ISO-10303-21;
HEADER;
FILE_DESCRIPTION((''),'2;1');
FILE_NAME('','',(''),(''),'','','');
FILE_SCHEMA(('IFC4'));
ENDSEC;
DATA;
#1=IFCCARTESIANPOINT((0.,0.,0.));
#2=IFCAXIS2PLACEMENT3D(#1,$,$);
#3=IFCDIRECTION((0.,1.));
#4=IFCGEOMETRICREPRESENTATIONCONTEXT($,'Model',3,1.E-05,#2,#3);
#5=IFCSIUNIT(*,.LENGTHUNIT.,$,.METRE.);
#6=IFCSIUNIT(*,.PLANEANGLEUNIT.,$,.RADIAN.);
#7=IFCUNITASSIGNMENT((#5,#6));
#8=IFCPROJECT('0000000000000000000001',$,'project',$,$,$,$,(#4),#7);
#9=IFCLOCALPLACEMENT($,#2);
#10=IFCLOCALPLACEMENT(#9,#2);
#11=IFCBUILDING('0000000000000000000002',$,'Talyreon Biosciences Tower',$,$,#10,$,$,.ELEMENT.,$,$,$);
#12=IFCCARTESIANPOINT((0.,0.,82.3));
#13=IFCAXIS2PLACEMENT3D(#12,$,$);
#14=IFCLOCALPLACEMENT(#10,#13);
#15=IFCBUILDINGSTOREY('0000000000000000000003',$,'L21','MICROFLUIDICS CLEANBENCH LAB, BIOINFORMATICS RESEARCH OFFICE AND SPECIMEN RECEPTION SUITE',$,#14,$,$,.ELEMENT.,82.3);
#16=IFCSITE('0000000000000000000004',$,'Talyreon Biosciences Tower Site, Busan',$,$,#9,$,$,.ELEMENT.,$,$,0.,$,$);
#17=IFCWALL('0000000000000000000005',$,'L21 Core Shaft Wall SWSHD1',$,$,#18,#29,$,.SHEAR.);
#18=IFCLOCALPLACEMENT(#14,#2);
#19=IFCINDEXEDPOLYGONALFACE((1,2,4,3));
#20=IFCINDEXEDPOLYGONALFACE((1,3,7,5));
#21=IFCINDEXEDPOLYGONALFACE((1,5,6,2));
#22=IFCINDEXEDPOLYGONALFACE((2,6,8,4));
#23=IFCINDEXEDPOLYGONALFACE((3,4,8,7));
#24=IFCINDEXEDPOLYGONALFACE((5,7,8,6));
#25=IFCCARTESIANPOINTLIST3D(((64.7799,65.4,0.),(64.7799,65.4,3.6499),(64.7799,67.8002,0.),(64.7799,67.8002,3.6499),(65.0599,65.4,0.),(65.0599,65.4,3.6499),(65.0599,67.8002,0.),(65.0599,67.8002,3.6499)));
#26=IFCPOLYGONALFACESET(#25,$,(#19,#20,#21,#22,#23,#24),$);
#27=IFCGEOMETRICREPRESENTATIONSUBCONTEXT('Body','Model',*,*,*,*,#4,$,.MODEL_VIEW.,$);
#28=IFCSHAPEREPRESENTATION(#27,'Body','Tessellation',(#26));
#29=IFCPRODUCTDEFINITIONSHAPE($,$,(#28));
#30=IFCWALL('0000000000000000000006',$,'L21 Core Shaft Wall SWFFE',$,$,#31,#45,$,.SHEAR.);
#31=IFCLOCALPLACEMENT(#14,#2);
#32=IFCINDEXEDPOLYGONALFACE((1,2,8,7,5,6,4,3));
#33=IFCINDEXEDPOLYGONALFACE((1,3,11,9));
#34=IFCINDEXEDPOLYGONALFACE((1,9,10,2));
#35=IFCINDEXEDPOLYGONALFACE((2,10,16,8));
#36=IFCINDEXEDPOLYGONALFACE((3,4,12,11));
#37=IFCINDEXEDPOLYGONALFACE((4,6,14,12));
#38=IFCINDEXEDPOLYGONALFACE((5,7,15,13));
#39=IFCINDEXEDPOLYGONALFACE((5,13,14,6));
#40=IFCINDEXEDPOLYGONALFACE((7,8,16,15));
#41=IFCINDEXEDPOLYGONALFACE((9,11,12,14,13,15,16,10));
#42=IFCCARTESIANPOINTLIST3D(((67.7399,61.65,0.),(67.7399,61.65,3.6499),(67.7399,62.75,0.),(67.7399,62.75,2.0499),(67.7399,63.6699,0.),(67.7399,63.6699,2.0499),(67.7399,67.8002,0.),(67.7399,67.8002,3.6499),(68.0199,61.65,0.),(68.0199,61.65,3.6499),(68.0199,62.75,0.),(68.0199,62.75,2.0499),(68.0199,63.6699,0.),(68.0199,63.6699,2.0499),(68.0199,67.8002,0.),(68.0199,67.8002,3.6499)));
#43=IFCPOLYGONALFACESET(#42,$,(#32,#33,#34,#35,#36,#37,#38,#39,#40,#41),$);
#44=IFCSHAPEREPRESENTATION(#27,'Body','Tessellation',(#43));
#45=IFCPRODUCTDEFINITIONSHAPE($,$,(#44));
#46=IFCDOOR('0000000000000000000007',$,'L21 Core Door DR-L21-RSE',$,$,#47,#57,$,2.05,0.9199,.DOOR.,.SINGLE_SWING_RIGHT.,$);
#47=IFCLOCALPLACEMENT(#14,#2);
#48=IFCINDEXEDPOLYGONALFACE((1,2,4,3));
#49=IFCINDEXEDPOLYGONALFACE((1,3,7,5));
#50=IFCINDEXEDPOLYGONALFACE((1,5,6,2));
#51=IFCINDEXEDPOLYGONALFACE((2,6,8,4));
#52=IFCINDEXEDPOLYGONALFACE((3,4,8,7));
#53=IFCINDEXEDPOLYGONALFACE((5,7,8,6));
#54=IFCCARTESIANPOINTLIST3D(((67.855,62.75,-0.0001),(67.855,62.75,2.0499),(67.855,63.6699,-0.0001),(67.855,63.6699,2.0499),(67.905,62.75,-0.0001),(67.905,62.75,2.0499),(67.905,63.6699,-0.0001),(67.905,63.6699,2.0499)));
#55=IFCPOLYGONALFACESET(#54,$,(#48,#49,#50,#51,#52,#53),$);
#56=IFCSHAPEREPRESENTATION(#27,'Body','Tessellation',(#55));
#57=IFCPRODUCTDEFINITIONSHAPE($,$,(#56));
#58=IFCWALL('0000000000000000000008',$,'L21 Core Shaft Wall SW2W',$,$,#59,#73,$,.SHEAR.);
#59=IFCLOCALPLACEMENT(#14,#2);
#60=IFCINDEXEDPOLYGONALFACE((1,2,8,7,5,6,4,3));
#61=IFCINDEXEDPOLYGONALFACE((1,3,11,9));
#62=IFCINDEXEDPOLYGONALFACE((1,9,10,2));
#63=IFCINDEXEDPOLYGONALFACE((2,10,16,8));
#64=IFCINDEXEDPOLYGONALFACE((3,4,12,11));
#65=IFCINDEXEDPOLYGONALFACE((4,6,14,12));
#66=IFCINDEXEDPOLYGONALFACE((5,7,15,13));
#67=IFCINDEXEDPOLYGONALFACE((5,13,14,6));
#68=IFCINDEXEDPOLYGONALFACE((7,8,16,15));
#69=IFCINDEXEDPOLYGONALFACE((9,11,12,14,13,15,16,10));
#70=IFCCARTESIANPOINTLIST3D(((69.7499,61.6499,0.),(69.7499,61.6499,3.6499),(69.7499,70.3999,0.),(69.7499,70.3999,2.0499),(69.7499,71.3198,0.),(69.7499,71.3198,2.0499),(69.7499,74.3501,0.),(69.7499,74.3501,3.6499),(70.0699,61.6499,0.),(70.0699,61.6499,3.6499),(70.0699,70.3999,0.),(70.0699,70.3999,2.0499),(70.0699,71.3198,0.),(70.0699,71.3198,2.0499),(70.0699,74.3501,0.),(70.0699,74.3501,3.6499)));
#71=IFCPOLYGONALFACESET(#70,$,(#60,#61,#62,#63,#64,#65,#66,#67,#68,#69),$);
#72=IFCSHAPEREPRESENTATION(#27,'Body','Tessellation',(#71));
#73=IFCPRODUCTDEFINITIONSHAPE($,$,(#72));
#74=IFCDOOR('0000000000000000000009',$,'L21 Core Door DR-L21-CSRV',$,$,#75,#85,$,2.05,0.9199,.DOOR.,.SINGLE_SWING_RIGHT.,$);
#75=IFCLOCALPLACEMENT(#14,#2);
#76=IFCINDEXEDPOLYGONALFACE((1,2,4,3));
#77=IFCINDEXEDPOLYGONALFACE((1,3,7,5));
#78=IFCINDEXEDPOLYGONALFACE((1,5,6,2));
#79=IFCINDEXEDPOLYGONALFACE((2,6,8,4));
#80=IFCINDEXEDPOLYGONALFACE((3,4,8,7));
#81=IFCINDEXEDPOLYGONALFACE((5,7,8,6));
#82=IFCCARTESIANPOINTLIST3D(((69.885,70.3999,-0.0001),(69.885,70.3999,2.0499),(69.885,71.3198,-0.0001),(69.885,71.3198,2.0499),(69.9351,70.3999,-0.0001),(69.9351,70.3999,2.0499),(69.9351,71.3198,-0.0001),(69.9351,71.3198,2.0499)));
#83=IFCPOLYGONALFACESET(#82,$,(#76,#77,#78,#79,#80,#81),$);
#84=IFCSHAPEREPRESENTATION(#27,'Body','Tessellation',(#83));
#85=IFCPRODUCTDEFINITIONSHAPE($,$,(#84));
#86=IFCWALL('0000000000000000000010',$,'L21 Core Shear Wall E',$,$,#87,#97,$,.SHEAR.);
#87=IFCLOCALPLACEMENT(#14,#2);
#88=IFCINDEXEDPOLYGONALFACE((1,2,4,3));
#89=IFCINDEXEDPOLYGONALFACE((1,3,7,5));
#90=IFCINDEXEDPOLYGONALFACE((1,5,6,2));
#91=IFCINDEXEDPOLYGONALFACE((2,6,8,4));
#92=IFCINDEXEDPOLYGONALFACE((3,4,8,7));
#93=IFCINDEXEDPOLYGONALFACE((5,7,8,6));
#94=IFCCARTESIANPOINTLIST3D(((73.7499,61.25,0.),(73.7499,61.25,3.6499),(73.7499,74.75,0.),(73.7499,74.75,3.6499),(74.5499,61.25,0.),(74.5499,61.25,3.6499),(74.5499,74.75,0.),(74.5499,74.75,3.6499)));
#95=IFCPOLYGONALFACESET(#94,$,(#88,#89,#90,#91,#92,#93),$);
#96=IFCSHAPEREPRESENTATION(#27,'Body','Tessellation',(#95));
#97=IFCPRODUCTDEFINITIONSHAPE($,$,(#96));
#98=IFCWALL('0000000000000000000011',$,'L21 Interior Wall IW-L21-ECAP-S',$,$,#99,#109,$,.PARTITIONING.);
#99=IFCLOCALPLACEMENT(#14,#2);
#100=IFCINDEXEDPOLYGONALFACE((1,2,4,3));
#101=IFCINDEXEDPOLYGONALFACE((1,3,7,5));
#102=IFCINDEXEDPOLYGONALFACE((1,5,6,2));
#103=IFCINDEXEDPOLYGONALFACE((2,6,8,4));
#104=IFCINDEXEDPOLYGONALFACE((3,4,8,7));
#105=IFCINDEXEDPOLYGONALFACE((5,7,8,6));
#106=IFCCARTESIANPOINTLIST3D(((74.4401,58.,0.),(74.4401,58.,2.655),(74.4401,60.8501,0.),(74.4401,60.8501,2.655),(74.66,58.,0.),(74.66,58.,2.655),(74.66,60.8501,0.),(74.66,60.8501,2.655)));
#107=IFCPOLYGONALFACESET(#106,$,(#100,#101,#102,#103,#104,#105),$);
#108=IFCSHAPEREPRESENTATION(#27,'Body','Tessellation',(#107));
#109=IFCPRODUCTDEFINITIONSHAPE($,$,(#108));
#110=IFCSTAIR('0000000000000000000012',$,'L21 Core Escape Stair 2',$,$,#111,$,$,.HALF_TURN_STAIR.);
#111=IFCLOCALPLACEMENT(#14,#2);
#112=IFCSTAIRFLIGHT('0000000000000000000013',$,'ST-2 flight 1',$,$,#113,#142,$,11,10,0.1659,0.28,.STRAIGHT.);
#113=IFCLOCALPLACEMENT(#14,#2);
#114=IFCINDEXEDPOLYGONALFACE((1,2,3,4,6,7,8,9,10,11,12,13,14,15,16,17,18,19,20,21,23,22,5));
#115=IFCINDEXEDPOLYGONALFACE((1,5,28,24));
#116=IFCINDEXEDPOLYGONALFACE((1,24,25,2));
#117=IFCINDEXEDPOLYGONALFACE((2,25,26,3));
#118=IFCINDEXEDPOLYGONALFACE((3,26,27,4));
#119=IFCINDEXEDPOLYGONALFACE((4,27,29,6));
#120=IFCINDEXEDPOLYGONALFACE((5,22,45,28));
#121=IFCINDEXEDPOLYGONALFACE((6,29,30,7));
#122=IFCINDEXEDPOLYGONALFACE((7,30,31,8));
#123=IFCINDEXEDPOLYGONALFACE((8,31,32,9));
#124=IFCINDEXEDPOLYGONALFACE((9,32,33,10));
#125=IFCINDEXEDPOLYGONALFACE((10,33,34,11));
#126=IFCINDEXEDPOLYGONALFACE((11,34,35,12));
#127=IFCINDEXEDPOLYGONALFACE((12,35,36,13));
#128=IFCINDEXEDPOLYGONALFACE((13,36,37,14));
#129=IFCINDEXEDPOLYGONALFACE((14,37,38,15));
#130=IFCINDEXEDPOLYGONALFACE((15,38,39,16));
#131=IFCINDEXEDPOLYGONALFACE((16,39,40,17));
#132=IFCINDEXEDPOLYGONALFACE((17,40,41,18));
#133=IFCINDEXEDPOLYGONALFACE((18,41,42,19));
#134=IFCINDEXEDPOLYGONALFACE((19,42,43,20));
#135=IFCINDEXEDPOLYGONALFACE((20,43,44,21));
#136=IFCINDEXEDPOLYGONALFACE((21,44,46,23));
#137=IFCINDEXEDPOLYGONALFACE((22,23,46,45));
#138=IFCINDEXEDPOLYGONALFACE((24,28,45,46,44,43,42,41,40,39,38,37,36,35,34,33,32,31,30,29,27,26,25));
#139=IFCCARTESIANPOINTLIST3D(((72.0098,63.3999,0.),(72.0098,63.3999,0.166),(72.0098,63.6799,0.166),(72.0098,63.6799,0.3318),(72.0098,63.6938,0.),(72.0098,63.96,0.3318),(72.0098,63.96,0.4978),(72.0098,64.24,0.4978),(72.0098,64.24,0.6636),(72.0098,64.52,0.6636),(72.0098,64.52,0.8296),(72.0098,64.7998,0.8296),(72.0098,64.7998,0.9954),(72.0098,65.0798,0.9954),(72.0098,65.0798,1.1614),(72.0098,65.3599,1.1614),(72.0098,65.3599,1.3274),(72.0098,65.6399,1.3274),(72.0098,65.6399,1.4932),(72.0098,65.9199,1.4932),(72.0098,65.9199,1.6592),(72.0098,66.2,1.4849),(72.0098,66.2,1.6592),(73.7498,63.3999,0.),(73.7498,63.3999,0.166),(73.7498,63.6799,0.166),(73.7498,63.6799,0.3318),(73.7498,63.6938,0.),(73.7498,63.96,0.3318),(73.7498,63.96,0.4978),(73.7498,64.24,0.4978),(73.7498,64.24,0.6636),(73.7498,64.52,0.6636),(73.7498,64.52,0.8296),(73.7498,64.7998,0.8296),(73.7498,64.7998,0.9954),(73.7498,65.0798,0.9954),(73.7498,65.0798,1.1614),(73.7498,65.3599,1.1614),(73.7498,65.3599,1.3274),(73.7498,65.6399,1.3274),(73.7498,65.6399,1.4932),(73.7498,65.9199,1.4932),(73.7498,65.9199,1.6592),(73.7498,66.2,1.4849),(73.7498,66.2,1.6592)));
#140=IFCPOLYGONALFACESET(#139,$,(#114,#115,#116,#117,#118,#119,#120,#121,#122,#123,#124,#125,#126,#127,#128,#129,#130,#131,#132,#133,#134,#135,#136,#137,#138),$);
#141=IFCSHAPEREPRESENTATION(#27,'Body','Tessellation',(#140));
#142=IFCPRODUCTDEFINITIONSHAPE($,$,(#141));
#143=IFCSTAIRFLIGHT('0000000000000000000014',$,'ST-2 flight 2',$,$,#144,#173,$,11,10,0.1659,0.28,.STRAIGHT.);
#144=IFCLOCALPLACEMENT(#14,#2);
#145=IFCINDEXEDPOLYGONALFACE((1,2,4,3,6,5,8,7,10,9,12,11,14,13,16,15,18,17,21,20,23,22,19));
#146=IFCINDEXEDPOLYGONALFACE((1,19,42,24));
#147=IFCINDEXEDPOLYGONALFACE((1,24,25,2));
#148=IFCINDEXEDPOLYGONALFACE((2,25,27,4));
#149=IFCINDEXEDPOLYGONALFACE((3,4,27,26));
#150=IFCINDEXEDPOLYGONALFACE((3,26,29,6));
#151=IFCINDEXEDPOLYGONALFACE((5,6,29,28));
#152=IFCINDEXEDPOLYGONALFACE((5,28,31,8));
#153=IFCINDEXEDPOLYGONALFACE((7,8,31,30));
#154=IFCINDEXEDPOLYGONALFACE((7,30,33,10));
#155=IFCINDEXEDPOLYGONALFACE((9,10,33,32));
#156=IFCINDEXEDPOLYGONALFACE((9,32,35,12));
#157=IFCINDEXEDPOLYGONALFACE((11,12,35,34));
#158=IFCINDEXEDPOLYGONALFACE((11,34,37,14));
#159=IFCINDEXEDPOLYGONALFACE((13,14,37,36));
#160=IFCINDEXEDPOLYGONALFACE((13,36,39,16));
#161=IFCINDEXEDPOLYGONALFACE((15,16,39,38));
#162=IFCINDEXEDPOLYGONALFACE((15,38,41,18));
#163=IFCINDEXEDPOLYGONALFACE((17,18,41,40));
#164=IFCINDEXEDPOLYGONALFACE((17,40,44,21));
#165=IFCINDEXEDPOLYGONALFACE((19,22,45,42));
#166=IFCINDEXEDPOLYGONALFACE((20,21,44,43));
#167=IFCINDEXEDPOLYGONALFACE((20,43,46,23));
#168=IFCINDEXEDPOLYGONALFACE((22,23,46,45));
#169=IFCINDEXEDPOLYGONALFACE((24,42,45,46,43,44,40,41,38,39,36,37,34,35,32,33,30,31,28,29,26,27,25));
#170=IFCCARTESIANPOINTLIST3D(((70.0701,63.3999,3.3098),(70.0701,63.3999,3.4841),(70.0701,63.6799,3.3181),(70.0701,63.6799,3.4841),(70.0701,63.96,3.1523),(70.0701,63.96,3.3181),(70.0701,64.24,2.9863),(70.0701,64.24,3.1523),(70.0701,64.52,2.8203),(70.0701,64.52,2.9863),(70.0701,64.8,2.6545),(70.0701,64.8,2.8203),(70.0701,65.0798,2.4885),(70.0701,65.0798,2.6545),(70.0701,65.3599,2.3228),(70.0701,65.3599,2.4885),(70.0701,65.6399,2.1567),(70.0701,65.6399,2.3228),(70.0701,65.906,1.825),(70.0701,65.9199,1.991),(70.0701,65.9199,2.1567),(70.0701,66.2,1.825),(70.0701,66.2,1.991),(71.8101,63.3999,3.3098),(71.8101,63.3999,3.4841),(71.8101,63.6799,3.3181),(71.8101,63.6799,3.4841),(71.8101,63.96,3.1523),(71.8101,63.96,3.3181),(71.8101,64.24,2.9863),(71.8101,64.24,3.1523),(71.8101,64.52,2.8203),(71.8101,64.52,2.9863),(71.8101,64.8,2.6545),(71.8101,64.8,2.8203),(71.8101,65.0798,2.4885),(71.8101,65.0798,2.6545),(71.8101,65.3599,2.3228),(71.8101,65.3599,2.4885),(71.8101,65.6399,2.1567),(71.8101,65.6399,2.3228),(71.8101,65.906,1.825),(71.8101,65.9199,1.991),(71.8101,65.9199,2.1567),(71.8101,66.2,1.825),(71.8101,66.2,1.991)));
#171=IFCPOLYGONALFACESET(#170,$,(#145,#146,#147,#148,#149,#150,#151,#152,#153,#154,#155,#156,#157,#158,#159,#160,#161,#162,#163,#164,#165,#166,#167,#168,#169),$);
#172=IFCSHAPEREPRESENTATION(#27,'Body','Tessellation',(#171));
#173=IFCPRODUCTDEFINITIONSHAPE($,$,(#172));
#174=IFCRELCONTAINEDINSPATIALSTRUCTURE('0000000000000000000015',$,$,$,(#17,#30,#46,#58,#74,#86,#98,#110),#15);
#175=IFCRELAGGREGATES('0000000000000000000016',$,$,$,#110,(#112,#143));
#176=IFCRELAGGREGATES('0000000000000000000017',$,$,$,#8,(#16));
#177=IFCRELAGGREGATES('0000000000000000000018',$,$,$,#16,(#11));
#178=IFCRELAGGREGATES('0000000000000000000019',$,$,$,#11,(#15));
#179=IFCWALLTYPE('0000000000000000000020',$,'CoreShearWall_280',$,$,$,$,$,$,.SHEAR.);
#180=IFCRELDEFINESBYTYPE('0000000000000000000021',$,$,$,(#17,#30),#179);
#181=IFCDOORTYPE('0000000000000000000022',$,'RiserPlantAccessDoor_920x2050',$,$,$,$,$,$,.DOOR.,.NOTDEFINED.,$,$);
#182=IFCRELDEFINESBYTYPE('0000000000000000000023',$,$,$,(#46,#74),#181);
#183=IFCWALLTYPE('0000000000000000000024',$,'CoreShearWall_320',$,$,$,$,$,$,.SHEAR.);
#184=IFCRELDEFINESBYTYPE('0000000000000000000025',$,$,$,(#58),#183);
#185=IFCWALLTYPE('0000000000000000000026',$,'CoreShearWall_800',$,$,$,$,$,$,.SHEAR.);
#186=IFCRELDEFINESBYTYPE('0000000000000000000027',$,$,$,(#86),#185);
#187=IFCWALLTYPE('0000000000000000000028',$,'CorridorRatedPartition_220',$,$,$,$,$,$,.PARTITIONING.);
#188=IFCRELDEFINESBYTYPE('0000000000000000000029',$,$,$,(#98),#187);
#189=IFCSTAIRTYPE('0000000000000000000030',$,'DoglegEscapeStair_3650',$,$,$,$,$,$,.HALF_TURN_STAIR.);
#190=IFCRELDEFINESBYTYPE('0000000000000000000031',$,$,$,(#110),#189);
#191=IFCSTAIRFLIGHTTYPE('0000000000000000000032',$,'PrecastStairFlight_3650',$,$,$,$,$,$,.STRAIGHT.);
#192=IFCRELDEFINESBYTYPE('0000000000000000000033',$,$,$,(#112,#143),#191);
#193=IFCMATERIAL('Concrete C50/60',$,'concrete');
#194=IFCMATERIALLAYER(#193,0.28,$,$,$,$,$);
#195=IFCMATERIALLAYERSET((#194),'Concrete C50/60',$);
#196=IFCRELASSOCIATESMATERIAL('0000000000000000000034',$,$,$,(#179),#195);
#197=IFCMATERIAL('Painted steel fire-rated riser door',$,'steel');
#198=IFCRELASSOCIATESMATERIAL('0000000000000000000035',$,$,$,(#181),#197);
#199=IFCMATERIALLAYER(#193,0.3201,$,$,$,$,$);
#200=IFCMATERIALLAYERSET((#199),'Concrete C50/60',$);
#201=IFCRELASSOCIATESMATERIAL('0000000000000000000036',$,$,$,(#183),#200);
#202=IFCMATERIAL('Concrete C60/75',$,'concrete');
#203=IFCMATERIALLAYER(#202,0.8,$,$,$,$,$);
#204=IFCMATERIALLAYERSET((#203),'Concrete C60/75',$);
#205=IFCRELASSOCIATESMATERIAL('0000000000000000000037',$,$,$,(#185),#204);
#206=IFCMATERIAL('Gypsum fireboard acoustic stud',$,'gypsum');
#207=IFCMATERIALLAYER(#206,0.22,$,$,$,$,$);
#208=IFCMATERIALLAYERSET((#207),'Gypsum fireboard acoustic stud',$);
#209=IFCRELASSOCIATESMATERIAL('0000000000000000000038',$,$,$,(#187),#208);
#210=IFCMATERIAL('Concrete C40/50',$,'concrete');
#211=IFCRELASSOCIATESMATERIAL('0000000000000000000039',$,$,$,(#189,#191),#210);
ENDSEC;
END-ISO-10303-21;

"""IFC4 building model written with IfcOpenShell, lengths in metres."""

from ifc_helpers import new_model, si_unit, direction, frame, frame_2d, origin, place, context, subcontext, project, spatial, polyline, rectangle, outline, extrude, material, layer, layer_set, type_object, element, fill, aggregate, save


model = new_model("IFC4")

# Units and contexts
model_context = context("Model", 3, precision=1e-05, world=origin(), true_north=direction((0.0, 1.0)))
body_context = subcontext(model_context, "Body", "Model", "MODEL_VIEW")
ifc_project = project(units=[si_unit("LENGTHUNIT", "METRE"), si_unit("PLANEANGLEUNIT", "RADIAN")], contexts=[model_context])

# Site, building, storey
site_placement = place(None, origin())
site = spatial("IfcSite", under=ifc_project, at=site_placement, Name="Talyreon Biosciences Tower Site, Busan", CompositionType="ELEMENT", RefElevation=0.0)
building_placement = place(site_placement, origin())
building = spatial("IfcBuilding", under=site, at=building_placement, Name="Talyreon Biosciences Tower", CompositionType="ELEMENT")
storey_placement = place(building_placement, frame((0.0, 0.0, 82.3)))
storey = spatial("IfcBuildingStorey", under=building, at=storey_placement, Name="L21", Description="MICROFLUIDICS CLEANBENCH LAB, BIOINFORMATICS RESEARCH OFFICE AND SPECIMEN RECEPTION SUITE", CompositionType="ELEMENT", Elevation=82.3)

# Shared definitions
ifc_material_1 = material(Name="Concrete C60/75", Category="concrete")
ifc_material_2 = material(Name="Concrete C50/60", Category="concrete")

# Wall
ifc_layer_1 = layer(ifc_material_2, 0.28)
ifc_layer_set_1 = layer_set([ifc_layer_1], Name="Concrete C50/60")
wall_type_1 = type_object("IfcWallType", Name="CoreShearWall_280", PredefinedType="SHEAR", material=ifc_layer_set_1)
wall_1_placement = place(storey_placement, frame((64.9199, 65.3999, 0.0), z_axis=(0.0, 0.0, 1.0), x_axis=(0.0, 1.0, 0.0)))
element("IfcWall", 1, at=wall_1_placement, inside=storey, type_object=wall_type_1, Name="L21 Core Shaft Wall SWSHD1", PredefinedType="SHEAR", context=body_context, shape_type="SweptSolid", body=[
    extrude(rectangle(XDim=2.4001, YDim=0.28, at=frame_2d((1.2002, 0.0))), origin(), (0.0, 0.0, 1.0), 3.6499),
])

# Walls, openings, doors
wall_2_placement = place(storey_placement, frame((67.8799, 61.6499, 0.0), z_axis=(0.0, 0.0, 1.0), x_axis=(0.0, 1.0, 0.0)))
wall_2 = element("IfcWall", 2, at=wall_2_placement, inside=storey, type_object=wall_type_1, Name="L21 Core Shaft Wall SWFFE", PredefinedType="SHEAR", context=body_context, shape_type="SweptSolid", body=[
    extrude(rectangle(XDim=6.1501, YDim=0.28, at=frame_2d((3.0752, 0.0))), origin(), (0.0, 0.0, 1.0), 3.6499),
])
opening_1_placement = place(wall_2_placement, frame((1.1001, 0.0, 0.0)))
opening_1 = element("IfcOpeningElement", 3, at=opening_1_placement, cuts=wall_2, PredefinedType="OPENING", context=body_context, shape_type="SweptSolid", body=[
    extrude(rectangle(XDim=0.9199, YDim=2.05, at=frame_2d((0.46, 1.0249))), frame((0.0, 0.1499, 0.0), z_axis=(0.0, -1.0, 0.0), x_axis=(1.0, 0.0, 0.0)), (0.0, 0.0, 1.0), 0.3),
])
ifc_material_3 = material(Name="Painted steel fire-rated riser door", Category="steel")
door_type = type_object("IfcDoorType", Name="RiserPlantAccessDoor_920x2050", OperationType="NOTDEFINED", PredefinedType="DOOR", material=ifc_material_3)
door_1_placement = place(opening_1_placement, origin())
door_1 = element("IfcDoor", 4, at=door_1_placement, inside=storey, type_object=door_type, Name="L21 Core Door DR-L21-RSE", OperationType="SINGLE_SWING_RIGHT", OverallHeight=2.05, OverallWidth=0.9199, PredefinedType="DOOR", context=body_context, shape_type="SweptSolid", body=[
    extrude(rectangle(XDim=0.9199, YDim=2.05, at=frame_2d((0.46, 1.0249))), frame((0.0, 0.0249, 0.0), z_axis=(0.0, -1.0, 0.0), x_axis=(1.0, 0.0, 0.0)), (0.0, 0.0, 1.0), 0.05),
])
fill(opening_1, door_1)
ifc_layer_2 = layer(ifc_material_2, 0.3201)
ifc_layer_set_2 = layer_set([ifc_layer_2], Name="Concrete C50/60")
wall_type_2 = type_object("IfcWallType", Name="CoreShearWall_320", PredefinedType="SHEAR", material=ifc_layer_set_2)
wall_3_placement = place(storey_placement, frame((69.9099, 61.6499, 0.0), z_axis=(0.0, 0.0, 1.0), x_axis=(0.0, 1.0, 0.0)))
wall_3 = element("IfcWall", 5, at=wall_3_placement, inside=storey, type_object=wall_type_2, Name="L21 Core Shaft Wall SW2W", PredefinedType="SHEAR", context=body_context, shape_type="SweptSolid", body=[
    extrude(rectangle(XDim=12.7002, YDim=0.3201, at=frame_2d((6.3501, 0.0))), origin(), (0.0, 0.0, 1.0), 3.6499),
])
opening_2_placement = place(wall_3_placement, frame((8.75, 0.0, 0.0)))
opening_2 = element("IfcOpeningElement", 6, at=opening_2_placement, cuts=wall_3, PredefinedType="OPENING", context=body_context, shape_type="SweptSolid", body=[
    extrude(rectangle(XDim=0.9199, YDim=2.05, at=frame_2d((0.46, 1.0249))), frame((0.0, 0.1699, 0.0), z_axis=(0.0, -1.0, 0.0), x_axis=(1.0, 0.0, 0.0)), (0.0, 0.0, 1.0), 0.3401),
])
door_2_placement = place(opening_2_placement, origin())
door_2 = element("IfcDoor", 7, at=door_2_placement, inside=storey, type_object=door_type, Name="L21 Core Door DR-L21-CSRV", OperationType="SINGLE_SWING_RIGHT", OverallHeight=2.05, OverallWidth=0.9199, PredefinedType="DOOR", context=body_context, shape_type="SweptSolid", body=[
    extrude(rectangle(XDim=0.9199, YDim=2.05, at=frame_2d((0.46, 1.0249))), frame((0.0, 0.0249, 0.0), z_axis=(0.0, -1.0, 0.0), x_axis=(1.0, 0.0, 0.0)), (0.0, 0.0, 1.0), 0.05),
])
fill(opening_2, door_2)

# Walls
ifc_layer_3 = layer(ifc_material_1, 0.8)
ifc_layer_set_3 = layer_set([ifc_layer_3], Name="Concrete C60/75")
wall_type_3 = type_object("IfcWallType", Name="CoreShearWall_800", PredefinedType="SHEAR", material=ifc_layer_set_3)
wall_4_placement = place(storey_placement, frame((74.1499, 61.25, 0.0), z_axis=(0.0, 0.0, 1.0), x_axis=(0.0, 1.0, 0.0)))
element("IfcWall", 8, at=wall_4_placement, inside=storey, type_object=wall_type_3, Name="L21 Core Shear Wall E", PredefinedType="SHEAR", context=body_context, shape_type="SweptSolid", body=[
    extrude(rectangle(XDim=13.5, YDim=0.8, at=frame_2d((6.75, 0.0))), origin(), (0.0, 0.0, 1.0), 3.6499),
])
ifc_material_4 = material(Name="Gypsum fireboard acoustic stud", Category="gypsum")
ifc_layer_4 = layer(ifc_material_4, 0.22)
ifc_layer_set_4 = layer_set([ifc_layer_4], Name="Gypsum fireboard acoustic stud")
wall_type_4 = type_object("IfcWallType", Name="CorridorRatedPartition_220", PredefinedType="PARTITIONING", material=ifc_layer_set_4)
wall_5_placement = place(storey_placement, frame((74.55, 58.0, 0.0), z_axis=(0.0, 0.0, 1.0), x_axis=(0.0, 1.0, 0.0)))
element("IfcWall", 9, at=wall_5_placement, inside=storey, type_object=wall_type_4, Name="L21 Interior Wall IW-L21-ECAP-S", PredefinedType="PARTITIONING", context=body_context, shape_type="SweptSolid", body=[
    extrude(rectangle(XDim=2.8501, YDim=0.22, at=frame_2d((1.425, 0.0))), origin(), (0.0, 0.0, 1.0), 2.655),
])

# Stair, stair flights
ifc_material_5 = material(Name="Concrete C40/50", Category="concrete")
stair_type = type_object("IfcStairType", Name="DoglegEscapeStair_3650", PredefinedType="HALF_TURN_STAIR", material=ifc_material_5)
stair_placement = place(storey_placement, origin())
stair = element("IfcStair", 10, at=stair_placement, inside=storey, type_object=stair_type, Name="L21 Core Escape Stair 2", PredefinedType="HALF_TURN_STAIR")
stair_flight_type = type_object("IfcStairFlightType", Name="PrecastStairFlight_3650", PredefinedType="STRAIGHT", material=ifc_material_5)
stair_flight_1_placement = place(storey_placement, frame((72.8799, 63.3999, 0.0), z_axis=(0.0, 0.0, 1.0), x_axis=(0.0, 1.0, 0.0)))
stair_flight_1 = element("IfcStairFlight", 11, at=stair_flight_1_placement, type_object=stair_flight_type, Name="ST-2 flight 1", NumberOfRisers=11, NumberOfTreads=10, PredefinedType="STRAIGHT", RiserHeight=0.1659, TreadLength=0.28, context=body_context, shape_type="SweptSolid", body=[
    extrude(outline(polyline([(0.0, 0.0), (0.0, 0.166), (0.28, 0.166), (0.28, 0.3318), (0.5601, 0.3318), (0.5601, 0.4978), (0.8401, 0.4978), (0.8401, 0.6636), (1.1201, 0.6636), (1.1201, 0.8296), (1.3999, 0.8296), (1.3999, 0.9954), (1.6799, 0.9954), (1.6799, 1.1614), (1.96, 1.1614), (1.96, 1.3274), (2.24, 1.3274), (2.24, 1.4932), (2.52, 1.4932), (2.52, 1.6592), (2.8, 1.6592), (2.8, 1.825), (2.8, 1.4849), (0.2939, 0.0), (0.0, 0.0)])), frame((0.0, 0.8701, 0.0), z_axis=(0.0, -1.0, 0.0), x_axis=(1.0, 0.0, 0.0)), (0.0, 0.0, 1.0), 1.74),
])
stair_flight_2_placement = place(storey_placement, frame((70.9399, 66.2, 1.825), z_axis=(0.0, 0.0, 1.0), x_axis=(0.0, -1.0, 0.0)))
stair_flight_2 = element("IfcStairFlight", 12, at=stair_flight_2_placement, type_object=stair_flight_type, Name="ST-2 flight 2", NumberOfRisers=11, NumberOfTreads=10, PredefinedType="STRAIGHT", RiserHeight=0.1659, TreadLength=0.28, context=body_context, shape_type="SweptSolid", body=[
    extrude(outline(polyline([(0.0, 0.0), (0.0, 0.166), (0.28, 0.166), (0.28, 0.3318), (0.5601, 0.3318), (0.5601, 0.4978), (0.8401, 0.4978), (0.8401, 0.6636), (1.1201, 0.6636), (1.1201, 0.8296), (1.3999, 0.8296), (1.3999, 0.9954), (1.6799, 0.9954), (1.6799, 1.1614), (1.96, 1.1614), (1.96, 1.3274), (2.24, 1.3274), (2.24, 1.4932), (2.52, 1.4932), (2.52, 1.6592), (2.8, 1.6592), (2.8, 1.825), (2.8, 1.4849), (0.2939, 0.0), (0.0, 0.0)])), frame((0.0, 0.8701, 0.0), z_axis=(0.0, -1.0, 0.0), x_axis=(1.0, 0.0, 0.0)), (0.0, 0.0, 1.0), 1.74),
])
aggregate(stair, [stair_flight_1, stair_flight_2])

save(model, "model.ifc")
